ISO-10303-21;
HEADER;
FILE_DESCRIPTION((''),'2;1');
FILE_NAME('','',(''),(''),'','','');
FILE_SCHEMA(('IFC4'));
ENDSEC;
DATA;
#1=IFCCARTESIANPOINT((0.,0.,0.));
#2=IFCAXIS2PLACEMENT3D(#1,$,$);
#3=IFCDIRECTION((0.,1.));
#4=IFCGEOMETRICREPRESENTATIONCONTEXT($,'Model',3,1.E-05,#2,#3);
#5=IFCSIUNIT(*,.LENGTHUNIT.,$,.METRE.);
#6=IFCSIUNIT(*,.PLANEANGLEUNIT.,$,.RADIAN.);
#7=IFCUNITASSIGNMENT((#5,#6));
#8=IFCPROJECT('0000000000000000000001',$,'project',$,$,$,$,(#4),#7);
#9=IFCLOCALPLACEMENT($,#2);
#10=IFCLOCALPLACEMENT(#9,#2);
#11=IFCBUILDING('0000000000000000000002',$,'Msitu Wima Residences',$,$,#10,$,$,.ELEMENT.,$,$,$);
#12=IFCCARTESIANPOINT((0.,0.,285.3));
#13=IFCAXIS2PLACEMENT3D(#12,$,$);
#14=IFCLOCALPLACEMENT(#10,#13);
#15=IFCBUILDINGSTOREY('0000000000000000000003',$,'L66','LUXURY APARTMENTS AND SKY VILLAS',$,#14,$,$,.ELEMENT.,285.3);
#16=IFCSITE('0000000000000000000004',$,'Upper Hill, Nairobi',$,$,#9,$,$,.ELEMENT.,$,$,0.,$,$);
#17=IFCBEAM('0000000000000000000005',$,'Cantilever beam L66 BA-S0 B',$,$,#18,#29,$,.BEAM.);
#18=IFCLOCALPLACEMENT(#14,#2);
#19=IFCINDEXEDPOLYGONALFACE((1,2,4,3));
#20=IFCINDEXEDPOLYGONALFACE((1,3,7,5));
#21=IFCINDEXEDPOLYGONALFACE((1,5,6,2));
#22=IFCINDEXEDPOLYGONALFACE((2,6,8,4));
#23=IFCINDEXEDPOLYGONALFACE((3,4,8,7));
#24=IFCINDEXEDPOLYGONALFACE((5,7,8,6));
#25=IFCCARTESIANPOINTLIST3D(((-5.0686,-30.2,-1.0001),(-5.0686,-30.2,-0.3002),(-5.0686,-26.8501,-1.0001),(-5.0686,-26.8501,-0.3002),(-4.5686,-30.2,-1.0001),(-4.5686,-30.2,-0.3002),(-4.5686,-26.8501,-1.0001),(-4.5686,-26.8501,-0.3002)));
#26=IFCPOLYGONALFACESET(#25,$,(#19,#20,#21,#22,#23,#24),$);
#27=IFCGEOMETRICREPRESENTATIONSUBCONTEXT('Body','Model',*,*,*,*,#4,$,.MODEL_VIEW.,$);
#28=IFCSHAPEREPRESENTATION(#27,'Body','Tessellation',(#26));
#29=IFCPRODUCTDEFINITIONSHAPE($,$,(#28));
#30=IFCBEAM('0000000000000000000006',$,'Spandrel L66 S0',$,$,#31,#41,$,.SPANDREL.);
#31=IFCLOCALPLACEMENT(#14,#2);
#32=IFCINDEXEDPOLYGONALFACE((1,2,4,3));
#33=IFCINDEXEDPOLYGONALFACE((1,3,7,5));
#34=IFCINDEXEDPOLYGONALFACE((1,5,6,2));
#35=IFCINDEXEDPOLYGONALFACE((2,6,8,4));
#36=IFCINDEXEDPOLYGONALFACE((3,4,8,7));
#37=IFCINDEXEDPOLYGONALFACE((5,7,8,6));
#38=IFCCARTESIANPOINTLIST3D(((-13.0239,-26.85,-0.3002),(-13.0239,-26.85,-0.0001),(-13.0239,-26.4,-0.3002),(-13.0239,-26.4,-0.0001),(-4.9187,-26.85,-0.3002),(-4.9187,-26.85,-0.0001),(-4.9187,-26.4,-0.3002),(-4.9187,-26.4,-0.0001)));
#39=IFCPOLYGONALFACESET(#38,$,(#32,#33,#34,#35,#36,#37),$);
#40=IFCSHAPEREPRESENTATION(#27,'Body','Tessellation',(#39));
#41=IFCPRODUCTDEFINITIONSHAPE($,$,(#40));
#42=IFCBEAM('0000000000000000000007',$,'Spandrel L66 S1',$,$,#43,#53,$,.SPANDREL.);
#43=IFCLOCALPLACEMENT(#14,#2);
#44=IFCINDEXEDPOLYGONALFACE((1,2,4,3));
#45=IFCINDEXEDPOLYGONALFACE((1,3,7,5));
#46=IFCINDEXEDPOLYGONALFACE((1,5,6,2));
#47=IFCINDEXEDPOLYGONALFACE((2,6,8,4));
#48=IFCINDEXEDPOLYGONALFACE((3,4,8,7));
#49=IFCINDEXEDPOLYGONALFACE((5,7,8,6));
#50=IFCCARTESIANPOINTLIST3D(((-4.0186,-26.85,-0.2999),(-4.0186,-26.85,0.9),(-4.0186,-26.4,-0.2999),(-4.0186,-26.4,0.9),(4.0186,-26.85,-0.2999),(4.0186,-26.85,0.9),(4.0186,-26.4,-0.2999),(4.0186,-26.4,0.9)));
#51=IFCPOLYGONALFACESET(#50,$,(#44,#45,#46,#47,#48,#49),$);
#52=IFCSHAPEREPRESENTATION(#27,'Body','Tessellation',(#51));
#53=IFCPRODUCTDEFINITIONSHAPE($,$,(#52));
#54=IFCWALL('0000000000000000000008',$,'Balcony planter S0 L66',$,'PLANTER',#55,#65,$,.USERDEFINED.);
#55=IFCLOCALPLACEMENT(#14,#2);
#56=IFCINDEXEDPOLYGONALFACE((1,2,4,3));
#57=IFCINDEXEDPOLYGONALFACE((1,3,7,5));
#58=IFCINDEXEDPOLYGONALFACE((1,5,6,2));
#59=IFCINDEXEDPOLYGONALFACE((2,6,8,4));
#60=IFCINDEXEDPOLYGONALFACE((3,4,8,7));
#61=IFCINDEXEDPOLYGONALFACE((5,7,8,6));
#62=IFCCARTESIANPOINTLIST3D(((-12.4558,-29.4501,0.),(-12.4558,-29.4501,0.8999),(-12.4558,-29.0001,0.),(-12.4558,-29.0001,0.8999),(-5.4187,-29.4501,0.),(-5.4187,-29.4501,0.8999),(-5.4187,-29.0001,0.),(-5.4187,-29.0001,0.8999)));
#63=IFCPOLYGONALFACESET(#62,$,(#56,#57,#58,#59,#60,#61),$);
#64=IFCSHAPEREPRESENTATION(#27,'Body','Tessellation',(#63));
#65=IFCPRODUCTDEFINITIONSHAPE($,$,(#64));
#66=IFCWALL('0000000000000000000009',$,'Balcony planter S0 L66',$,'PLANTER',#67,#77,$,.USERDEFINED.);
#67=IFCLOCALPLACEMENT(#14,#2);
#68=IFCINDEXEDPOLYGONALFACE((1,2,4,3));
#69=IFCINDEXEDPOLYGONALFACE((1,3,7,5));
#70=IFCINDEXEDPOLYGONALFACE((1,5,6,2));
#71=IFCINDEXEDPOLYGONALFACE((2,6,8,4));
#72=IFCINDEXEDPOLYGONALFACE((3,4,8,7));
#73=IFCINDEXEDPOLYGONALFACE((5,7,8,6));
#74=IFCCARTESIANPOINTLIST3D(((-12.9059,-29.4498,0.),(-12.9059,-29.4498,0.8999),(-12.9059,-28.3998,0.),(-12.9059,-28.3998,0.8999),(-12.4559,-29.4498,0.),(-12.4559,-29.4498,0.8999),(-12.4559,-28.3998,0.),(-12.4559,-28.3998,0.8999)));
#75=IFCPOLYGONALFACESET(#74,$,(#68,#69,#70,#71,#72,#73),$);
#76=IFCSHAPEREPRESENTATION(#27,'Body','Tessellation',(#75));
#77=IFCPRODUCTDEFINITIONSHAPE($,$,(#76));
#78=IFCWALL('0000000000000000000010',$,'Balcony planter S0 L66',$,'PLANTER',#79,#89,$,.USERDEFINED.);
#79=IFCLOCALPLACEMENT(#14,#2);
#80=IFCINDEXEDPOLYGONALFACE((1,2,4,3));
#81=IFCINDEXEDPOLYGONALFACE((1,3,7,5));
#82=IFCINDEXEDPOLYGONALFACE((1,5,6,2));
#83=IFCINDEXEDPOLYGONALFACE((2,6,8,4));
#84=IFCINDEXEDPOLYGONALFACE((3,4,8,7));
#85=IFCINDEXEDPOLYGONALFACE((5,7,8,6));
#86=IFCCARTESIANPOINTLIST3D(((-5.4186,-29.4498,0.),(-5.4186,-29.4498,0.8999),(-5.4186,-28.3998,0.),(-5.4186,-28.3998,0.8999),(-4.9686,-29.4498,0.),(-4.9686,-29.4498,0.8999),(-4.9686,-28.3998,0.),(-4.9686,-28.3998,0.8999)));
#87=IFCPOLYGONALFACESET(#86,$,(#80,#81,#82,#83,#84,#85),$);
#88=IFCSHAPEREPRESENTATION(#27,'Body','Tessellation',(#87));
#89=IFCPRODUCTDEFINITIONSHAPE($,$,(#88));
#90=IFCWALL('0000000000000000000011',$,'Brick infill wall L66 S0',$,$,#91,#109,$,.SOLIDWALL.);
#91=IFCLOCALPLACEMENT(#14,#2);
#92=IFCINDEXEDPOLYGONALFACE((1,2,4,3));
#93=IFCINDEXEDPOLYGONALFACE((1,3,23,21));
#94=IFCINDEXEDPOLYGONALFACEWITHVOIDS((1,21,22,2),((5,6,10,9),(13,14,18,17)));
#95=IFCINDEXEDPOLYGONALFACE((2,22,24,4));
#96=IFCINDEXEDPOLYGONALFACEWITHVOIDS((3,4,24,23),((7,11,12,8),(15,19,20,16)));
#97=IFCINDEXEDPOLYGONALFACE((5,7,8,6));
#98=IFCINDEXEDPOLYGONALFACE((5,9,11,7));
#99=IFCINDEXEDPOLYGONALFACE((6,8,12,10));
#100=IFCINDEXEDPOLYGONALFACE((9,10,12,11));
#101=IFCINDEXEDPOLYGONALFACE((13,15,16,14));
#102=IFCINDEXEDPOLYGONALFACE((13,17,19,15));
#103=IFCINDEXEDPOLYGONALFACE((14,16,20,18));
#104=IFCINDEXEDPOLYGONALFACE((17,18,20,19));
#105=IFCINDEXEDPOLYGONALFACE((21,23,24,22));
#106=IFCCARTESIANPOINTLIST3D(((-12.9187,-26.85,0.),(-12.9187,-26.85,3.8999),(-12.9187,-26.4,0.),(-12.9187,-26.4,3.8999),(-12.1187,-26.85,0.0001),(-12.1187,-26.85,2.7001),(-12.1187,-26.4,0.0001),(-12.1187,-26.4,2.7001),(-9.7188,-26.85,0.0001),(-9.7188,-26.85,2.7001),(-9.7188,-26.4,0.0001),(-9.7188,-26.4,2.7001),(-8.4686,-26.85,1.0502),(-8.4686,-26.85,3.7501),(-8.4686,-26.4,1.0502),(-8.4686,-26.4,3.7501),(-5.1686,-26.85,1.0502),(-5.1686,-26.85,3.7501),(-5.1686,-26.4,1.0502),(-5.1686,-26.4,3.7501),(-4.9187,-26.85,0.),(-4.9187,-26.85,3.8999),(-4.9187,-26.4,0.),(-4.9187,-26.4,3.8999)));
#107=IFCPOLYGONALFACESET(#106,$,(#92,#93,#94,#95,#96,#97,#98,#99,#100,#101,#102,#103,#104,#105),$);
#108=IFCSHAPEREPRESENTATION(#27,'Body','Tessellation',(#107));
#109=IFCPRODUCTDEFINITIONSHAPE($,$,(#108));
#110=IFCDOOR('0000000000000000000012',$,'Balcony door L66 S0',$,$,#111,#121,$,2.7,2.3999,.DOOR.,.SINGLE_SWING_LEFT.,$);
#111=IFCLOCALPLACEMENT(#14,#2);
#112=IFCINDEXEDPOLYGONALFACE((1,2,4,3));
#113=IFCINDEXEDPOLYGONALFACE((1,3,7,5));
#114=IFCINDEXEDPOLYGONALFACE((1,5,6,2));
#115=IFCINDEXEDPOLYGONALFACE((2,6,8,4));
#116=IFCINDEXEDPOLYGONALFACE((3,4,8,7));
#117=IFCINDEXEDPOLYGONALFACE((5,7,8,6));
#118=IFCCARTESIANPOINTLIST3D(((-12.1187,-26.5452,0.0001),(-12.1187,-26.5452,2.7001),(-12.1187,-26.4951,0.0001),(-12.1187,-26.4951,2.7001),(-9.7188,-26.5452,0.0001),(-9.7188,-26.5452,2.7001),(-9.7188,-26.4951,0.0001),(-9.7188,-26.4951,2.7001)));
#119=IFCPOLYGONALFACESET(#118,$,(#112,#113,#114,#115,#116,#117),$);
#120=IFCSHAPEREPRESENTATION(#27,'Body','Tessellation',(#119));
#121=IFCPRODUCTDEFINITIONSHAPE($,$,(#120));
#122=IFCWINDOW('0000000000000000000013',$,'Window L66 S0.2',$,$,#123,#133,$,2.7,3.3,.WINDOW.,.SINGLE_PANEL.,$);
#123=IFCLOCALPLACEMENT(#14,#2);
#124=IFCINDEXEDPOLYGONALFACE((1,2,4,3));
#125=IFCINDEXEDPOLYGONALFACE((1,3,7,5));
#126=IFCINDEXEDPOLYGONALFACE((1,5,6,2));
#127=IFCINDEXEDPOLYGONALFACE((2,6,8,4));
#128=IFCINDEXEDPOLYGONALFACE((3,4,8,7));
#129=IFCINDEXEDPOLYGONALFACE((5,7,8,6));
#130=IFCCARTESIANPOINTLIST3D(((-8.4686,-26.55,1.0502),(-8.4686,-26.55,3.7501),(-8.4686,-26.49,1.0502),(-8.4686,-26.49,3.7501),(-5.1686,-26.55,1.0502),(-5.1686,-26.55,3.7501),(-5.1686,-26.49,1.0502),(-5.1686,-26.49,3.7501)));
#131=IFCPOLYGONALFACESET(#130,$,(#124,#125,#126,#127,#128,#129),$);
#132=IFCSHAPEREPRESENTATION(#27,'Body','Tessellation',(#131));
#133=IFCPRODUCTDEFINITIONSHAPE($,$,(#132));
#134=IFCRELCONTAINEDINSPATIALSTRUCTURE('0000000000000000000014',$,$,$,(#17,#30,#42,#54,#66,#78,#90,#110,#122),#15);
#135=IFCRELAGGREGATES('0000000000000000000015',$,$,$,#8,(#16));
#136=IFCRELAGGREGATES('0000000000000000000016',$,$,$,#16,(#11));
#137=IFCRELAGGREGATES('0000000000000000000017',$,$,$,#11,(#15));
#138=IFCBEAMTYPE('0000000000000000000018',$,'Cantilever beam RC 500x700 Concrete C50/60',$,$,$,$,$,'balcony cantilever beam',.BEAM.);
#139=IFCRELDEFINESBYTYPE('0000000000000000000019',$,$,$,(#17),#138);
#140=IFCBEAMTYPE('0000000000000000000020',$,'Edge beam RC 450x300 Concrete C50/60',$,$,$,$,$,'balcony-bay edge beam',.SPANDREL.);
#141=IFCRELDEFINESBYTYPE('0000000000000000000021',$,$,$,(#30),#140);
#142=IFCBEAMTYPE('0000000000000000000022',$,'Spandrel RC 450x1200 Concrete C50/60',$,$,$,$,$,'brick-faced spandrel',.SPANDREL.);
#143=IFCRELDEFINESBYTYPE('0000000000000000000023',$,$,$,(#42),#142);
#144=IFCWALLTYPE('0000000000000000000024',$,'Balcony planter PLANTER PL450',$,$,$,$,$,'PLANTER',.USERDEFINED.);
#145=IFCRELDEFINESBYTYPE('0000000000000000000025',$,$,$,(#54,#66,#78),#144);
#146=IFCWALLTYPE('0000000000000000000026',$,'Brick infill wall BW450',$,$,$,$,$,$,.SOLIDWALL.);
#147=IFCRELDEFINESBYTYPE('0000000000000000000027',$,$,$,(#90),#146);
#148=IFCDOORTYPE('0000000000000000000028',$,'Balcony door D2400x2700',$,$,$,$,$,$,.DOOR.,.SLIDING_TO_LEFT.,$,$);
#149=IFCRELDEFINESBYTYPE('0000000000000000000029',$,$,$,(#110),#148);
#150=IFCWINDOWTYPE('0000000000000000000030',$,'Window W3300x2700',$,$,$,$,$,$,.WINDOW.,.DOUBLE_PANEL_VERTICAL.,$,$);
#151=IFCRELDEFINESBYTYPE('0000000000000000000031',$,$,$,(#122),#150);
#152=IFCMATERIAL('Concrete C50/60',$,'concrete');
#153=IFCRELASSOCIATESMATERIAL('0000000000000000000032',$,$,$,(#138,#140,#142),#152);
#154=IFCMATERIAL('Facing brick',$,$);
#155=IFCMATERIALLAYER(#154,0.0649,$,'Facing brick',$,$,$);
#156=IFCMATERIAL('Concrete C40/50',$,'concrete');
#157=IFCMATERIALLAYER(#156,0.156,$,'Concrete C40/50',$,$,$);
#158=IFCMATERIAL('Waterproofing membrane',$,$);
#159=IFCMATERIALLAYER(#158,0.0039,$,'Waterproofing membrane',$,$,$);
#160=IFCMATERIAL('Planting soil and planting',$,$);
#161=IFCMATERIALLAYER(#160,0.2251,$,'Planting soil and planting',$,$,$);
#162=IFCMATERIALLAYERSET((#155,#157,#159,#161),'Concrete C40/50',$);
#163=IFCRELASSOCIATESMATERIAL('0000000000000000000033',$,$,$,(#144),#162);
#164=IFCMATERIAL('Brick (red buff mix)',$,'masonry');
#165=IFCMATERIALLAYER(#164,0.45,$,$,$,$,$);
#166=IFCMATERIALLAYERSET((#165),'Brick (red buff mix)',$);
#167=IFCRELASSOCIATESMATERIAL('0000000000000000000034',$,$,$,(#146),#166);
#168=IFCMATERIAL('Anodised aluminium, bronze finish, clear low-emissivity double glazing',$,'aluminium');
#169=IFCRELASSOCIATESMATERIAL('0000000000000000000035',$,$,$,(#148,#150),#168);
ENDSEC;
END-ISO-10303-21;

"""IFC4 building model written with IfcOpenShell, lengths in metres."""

from ifc_helpers import new_model, si_unit, direction, frame, frame_2d, origin, origin_2d, place, context, subcontext, project, spatial, rectangle, extrude, material, layer, layer_set, material_profile, profile_set, type_object, element, fill, save


model = new_model("IFC4")

# Units and contexts
model_context = context("Model", 3, precision=1e-05, world=origin(), true_north=direction((0.0, 1.0)))
body_context = subcontext(model_context, "Body", "Model", "MODEL_VIEW")
ifc_project = project(units=[si_unit("LENGTHUNIT", "METRE"), si_unit("PLANEANGLEUNIT", "RADIAN")], contexts=[model_context])

# Site, building, storey
site_placement = place(None, origin())
site = spatial("IfcSite", under=ifc_project, at=site_placement, Name="Upper Hill, Nairobi", CompositionType="ELEMENT", RefElevation=0.0)
building_placement = place(site_placement, origin())
building = spatial("IfcBuilding", under=site, at=building_placement, Name="Msitu Wima Residences", CompositionType="ELEMENT")
storey_placement = place(building_placement, frame((0.0, 0.0, 285.3)))
storey = spatial("IfcBuildingStorey", under=building, at=storey_placement, Name="L66", Description="LUXURY APARTMENTS AND SKY VILLAS", CompositionType="ELEMENT", Elevation=285.3)

# Beams
ifc_material_1 = material(Name="Concrete C50/60", Category="concrete")
ifc_material_profile_1 = material_profile(ifc_material_1, rectangle(XDim=0.5, YDim=0.7, at=origin_2d()), Name="RC 500x700")
ifc_profile_set_1 = profile_set([ifc_material_profile_1], Name="Concrete C50/60")
beam_type_1 = type_object("IfcBeamType", Name="Cantilever beam RC 500x700 Concrete C50/60", ElementType="balcony cantilever beam", PredefinedType="BEAM", material=ifc_profile_set_1)
beam_1_placement = place(storey_placement, frame((-4.8186, -26.8501, -0.6501), z_axis=(0.0, -1.0, 0.0), x_axis=(1.0, 0.0, 0.0)))
element("IfcBeam", 1, at=beam_1_placement, inside=storey, type_object=beam_type_1, Name="Cantilever beam L66 BA-S0 B", PredefinedType="BEAM", context=body_context, shape_type="SweptSolid", body=[
    extrude(rectangle(XDim=0.5, YDim=0.7, at=origin_2d()), origin(), (0.0, 0.0, 1.0), 3.3499),
])
ifc_material_profile_2 = material_profile(ifc_material_1, rectangle(XDim=0.45, YDim=0.3, at=origin_2d()), Name="RC 450x300")
ifc_profile_set_2 = profile_set([ifc_material_profile_2], Name="Concrete C50/60")
beam_type_2 = type_object("IfcBeamType", Name="Edge beam RC 450x300 Concrete C50/60", ElementType="balcony-bay edge beam", PredefinedType="SPANDREL", material=ifc_profile_set_2)
beam_2_placement = place(storey_placement, frame((-13.0239, -26.625, -0.1501), z_axis=(1.0, 0.0, 0.0), x_axis=(0.0, 1.0, 0.0)))
element("IfcBeam", 2, at=beam_2_placement, inside=storey, type_object=beam_type_2, Name="Spandrel L66 S0", PredefinedType="SPANDREL", context=body_context, shape_type="SweptSolid", body=[
    extrude(rectangle(XDim=0.45, YDim=0.3, at=origin_2d()), origin(), (0.0, 0.0, 1.0), 8.1052),
])
ifc_material_profile_3 = material_profile(ifc_material_1, rectangle(XDim=0.45, YDim=1.2, at=origin_2d()), Name="RC 450x1200")
ifc_profile_set_3 = profile_set([ifc_material_profile_3], Name="Concrete C50/60")
beam_type_3 = type_object("IfcBeamType", Name="Spandrel RC 450x1200 Concrete C50/60", ElementType="brick-faced spandrel", PredefinedType="SPANDREL", material=ifc_profile_set_3)
beam_3_placement = place(storey_placement, frame((-4.0186, -26.625, 0.3), z_axis=(1.0, 0.0, 0.0), x_axis=(0.0, 1.0, 0.0)))
element("IfcBeam", 3, at=beam_3_placement, inside=storey, type_object=beam_type_3, Name="Spandrel L66 S1", PredefinedType="SPANDREL", context=body_context, shape_type="SweptSolid", body=[
    extrude(rectangle(XDim=0.45, YDim=1.2, at=origin_2d()), origin(), (0.0, 0.0, 1.0), 8.0371),
])

# Walls
ifc_material_2 = material(Name="Facing brick")
ifc_layer_1 = layer(ifc_material_2, 0.0649, Name="Facing brick")
ifc_material_3 = material(Name="Concrete C40/50", Category="concrete")
ifc_layer_2 = layer(ifc_material_3, 0.156, Name="Concrete C40/50")
ifc_material_4 = material(Name="Waterproofing membrane")
ifc_layer_3 = layer(ifc_material_4, 0.0039, Name="Waterproofing membrane")
ifc_material_5 = material(Name="Planting soil and planting")
ifc_layer_4 = layer(ifc_material_5, 0.2251, Name="Planting soil and planting")
ifc_layer_set_1 = layer_set([ifc_layer_1, ifc_layer_2, ifc_layer_3, ifc_layer_4], Name="Concrete C40/50")
wall_type_1 = type_object("IfcWallType", Name="Balcony planter PLANTER PL450", ElementType="PLANTER", PredefinedType="USERDEFINED", material=ifc_layer_set_1)
wall_1_placement = place(storey_placement, frame((-12.4558, -29.2251, 0.0), z_axis=(0.0, 0.0, 1.0), x_axis=(1.0, 0.0, 0.0)))
element("IfcWall", 4, at=wall_1_placement, inside=storey, type_object=wall_type_1, Name="Balcony planter S0 L66", ObjectType="PLANTER", PredefinedType="USERDEFINED", context=body_context, shape_type="SweptSolid", body=[
    extrude(rectangle(XDim=7.0371, YDim=0.45, at=frame_2d((3.5186, 0.0))), origin(), (0.0, 0.0, 1.0), 0.8999),
])
for number, where, z_axis, x_axis, name in (
    (5, (-12.6809, -28.3999, 0.0), (0.0, 0.0, 1.0), (0.0, -1.0, 0.0), "Balcony planter S0 L66"),
    (6, (-5.1936, -28.3999, 0.0), (0.0, 0.0, 1.0), (0.0, -1.0, 0.0), "Balcony planter S0 L66"),
):
    element("IfcWall", number, at=place(storey_placement, frame(where, z_axis=z_axis, x_axis=x_axis)), inside=storey, type_object=wall_type_1, Name=name, ObjectType="PLANTER", PredefinedType="USERDEFINED", context=body_context, shape_type="SweptSolid", body=[
        extrude(rectangle(XDim=1.05, YDim=0.45, at=frame_2d((0.5249, 0.0))), origin(), (0.0, 0.0, 1.0), 0.8999),
    ])

# Wall, openings, door, window
ifc_material_6 = material(Name="Brick (red buff mix)", Category="masonry")
ifc_layer_5 = layer(ifc_material_6, 0.45)
ifc_layer_set_2 = layer_set([ifc_layer_5], Name="Brick (red buff mix)")
wall_type_2 = type_object("IfcWallType", Name="Brick infill wall BW450", PredefinedType="SOLIDWALL", material=ifc_layer_set_2)
wall_2_placement = place(storey_placement, frame((-12.9187, -26.625, 0.0), z_axis=(0.0, 0.0, 1.0), x_axis=(1.0, 0.0, 0.0)))
wall_2 = element("IfcWall", 7, at=wall_2_placement, inside=storey, type_object=wall_type_2, Name="Brick infill wall L66 S0", PredefinedType="SOLIDWALL", context=body_context, shape_type="SweptSolid", body=[
    extrude(rectangle(XDim=8.0, YDim=0.45, at=frame_2d((4.0, 0.0))), origin(), (0.0, 0.0, 1.0), 3.8999),
])
opening_1_placement = place(wall_2_placement, frame((0.8, 0.0, 0.0)))
opening_1 = element("IfcOpeningElement", 8, at=opening_1_placement, cuts=wall_2, PredefinedType="OPENING", context=body_context, shape_type="SweptSolid", body=[
    extrude(rectangle(XDim=2.3999, YDim=2.7, at=frame_2d((1.2, 1.3501))), frame((0.0, 0.2349, 0.0), z_axis=(0.0, -1.0, 0.0), x_axis=(1.0, 0.0, 0.0)), (0.0, 0.0, 1.0), 0.47),
])
opening_2_placement = place(wall_2_placement, frame((4.4502, 0.0, 1.05)))
opening_2 = element("IfcOpeningElement", 9, at=opening_2_placement, cuts=wall_2, PredefinedType="OPENING", context=body_context, shape_type="SweptSolid", body=[
    extrude(rectangle(XDim=3.3, YDim=2.7, at=frame_2d((1.6499, 1.3501))), frame((0.0, 0.2349, 0.0), z_axis=(0.0, -1.0, 0.0), x_axis=(1.0, 0.0, 0.0)), (0.0, 0.0, 1.0), 0.47),
])
ifc_material_7 = material(Name="Anodised aluminium, bronze finish, clear low-emissivity double glazing", Category="aluminium")
door_type_1 = type_object("IfcDoorType", Name="Balcony door D2400x2700", OperationType="SLIDING_TO_LEFT", PredefinedType="DOOR", material=ifc_material_7)
door_1_placement = place(opening_1_placement, origin())
door_1 = element("IfcDoor", 10, at=door_1_placement, inside=storey, type_object=door_type_1, Name="Balcony door L66 S0", OperationType="SINGLE_SWING_LEFT", OverallHeight=2.7, OverallWidth=2.3999, PredefinedType="DOOR", context=body_context, shape_type="SweptSolid", body=[
    extrude(rectangle(XDim=2.3999, YDim=2.7, at=frame_2d((1.2, 1.3501))), frame((0.0, 0.1299, 0.0), z_axis=(0.0, -1.0, 0.0), x_axis=(1.0, 0.0, 0.0)), (0.0, 0.0, 1.0), 0.05),
])
fill(opening_1, door_1)
window_type = type_object("IfcWindowType", Name="Window W3300x2700", PartitioningType="DOUBLE_PANEL_VERTICAL", PredefinedType="WINDOW", material=ifc_material_7)
window_1_placement = place(opening_2_placement, origin())
window_1 = element("IfcWindow", 11, at=window_1_placement, inside=storey, type_object=window_type, Name="Window L66 S0.2", OverallHeight=2.7, OverallWidth=3.3, PartitioningType="SINGLE_PANEL", PredefinedType="WINDOW", context=body_context, shape_type="SweptSolid", body=[
    extrude(rectangle(XDim=3.3, YDim=2.7, at=frame_2d((1.6499, 1.3501))), frame((0.0, 0.135, 0.0), z_axis=(0.0, -1.0, 0.0), x_axis=(1.0, 0.0, 0.0)), (0.0, 0.0, 1.0), 0.0601),
])
fill(opening_2, window_1)

save(model, "model.ifc")
